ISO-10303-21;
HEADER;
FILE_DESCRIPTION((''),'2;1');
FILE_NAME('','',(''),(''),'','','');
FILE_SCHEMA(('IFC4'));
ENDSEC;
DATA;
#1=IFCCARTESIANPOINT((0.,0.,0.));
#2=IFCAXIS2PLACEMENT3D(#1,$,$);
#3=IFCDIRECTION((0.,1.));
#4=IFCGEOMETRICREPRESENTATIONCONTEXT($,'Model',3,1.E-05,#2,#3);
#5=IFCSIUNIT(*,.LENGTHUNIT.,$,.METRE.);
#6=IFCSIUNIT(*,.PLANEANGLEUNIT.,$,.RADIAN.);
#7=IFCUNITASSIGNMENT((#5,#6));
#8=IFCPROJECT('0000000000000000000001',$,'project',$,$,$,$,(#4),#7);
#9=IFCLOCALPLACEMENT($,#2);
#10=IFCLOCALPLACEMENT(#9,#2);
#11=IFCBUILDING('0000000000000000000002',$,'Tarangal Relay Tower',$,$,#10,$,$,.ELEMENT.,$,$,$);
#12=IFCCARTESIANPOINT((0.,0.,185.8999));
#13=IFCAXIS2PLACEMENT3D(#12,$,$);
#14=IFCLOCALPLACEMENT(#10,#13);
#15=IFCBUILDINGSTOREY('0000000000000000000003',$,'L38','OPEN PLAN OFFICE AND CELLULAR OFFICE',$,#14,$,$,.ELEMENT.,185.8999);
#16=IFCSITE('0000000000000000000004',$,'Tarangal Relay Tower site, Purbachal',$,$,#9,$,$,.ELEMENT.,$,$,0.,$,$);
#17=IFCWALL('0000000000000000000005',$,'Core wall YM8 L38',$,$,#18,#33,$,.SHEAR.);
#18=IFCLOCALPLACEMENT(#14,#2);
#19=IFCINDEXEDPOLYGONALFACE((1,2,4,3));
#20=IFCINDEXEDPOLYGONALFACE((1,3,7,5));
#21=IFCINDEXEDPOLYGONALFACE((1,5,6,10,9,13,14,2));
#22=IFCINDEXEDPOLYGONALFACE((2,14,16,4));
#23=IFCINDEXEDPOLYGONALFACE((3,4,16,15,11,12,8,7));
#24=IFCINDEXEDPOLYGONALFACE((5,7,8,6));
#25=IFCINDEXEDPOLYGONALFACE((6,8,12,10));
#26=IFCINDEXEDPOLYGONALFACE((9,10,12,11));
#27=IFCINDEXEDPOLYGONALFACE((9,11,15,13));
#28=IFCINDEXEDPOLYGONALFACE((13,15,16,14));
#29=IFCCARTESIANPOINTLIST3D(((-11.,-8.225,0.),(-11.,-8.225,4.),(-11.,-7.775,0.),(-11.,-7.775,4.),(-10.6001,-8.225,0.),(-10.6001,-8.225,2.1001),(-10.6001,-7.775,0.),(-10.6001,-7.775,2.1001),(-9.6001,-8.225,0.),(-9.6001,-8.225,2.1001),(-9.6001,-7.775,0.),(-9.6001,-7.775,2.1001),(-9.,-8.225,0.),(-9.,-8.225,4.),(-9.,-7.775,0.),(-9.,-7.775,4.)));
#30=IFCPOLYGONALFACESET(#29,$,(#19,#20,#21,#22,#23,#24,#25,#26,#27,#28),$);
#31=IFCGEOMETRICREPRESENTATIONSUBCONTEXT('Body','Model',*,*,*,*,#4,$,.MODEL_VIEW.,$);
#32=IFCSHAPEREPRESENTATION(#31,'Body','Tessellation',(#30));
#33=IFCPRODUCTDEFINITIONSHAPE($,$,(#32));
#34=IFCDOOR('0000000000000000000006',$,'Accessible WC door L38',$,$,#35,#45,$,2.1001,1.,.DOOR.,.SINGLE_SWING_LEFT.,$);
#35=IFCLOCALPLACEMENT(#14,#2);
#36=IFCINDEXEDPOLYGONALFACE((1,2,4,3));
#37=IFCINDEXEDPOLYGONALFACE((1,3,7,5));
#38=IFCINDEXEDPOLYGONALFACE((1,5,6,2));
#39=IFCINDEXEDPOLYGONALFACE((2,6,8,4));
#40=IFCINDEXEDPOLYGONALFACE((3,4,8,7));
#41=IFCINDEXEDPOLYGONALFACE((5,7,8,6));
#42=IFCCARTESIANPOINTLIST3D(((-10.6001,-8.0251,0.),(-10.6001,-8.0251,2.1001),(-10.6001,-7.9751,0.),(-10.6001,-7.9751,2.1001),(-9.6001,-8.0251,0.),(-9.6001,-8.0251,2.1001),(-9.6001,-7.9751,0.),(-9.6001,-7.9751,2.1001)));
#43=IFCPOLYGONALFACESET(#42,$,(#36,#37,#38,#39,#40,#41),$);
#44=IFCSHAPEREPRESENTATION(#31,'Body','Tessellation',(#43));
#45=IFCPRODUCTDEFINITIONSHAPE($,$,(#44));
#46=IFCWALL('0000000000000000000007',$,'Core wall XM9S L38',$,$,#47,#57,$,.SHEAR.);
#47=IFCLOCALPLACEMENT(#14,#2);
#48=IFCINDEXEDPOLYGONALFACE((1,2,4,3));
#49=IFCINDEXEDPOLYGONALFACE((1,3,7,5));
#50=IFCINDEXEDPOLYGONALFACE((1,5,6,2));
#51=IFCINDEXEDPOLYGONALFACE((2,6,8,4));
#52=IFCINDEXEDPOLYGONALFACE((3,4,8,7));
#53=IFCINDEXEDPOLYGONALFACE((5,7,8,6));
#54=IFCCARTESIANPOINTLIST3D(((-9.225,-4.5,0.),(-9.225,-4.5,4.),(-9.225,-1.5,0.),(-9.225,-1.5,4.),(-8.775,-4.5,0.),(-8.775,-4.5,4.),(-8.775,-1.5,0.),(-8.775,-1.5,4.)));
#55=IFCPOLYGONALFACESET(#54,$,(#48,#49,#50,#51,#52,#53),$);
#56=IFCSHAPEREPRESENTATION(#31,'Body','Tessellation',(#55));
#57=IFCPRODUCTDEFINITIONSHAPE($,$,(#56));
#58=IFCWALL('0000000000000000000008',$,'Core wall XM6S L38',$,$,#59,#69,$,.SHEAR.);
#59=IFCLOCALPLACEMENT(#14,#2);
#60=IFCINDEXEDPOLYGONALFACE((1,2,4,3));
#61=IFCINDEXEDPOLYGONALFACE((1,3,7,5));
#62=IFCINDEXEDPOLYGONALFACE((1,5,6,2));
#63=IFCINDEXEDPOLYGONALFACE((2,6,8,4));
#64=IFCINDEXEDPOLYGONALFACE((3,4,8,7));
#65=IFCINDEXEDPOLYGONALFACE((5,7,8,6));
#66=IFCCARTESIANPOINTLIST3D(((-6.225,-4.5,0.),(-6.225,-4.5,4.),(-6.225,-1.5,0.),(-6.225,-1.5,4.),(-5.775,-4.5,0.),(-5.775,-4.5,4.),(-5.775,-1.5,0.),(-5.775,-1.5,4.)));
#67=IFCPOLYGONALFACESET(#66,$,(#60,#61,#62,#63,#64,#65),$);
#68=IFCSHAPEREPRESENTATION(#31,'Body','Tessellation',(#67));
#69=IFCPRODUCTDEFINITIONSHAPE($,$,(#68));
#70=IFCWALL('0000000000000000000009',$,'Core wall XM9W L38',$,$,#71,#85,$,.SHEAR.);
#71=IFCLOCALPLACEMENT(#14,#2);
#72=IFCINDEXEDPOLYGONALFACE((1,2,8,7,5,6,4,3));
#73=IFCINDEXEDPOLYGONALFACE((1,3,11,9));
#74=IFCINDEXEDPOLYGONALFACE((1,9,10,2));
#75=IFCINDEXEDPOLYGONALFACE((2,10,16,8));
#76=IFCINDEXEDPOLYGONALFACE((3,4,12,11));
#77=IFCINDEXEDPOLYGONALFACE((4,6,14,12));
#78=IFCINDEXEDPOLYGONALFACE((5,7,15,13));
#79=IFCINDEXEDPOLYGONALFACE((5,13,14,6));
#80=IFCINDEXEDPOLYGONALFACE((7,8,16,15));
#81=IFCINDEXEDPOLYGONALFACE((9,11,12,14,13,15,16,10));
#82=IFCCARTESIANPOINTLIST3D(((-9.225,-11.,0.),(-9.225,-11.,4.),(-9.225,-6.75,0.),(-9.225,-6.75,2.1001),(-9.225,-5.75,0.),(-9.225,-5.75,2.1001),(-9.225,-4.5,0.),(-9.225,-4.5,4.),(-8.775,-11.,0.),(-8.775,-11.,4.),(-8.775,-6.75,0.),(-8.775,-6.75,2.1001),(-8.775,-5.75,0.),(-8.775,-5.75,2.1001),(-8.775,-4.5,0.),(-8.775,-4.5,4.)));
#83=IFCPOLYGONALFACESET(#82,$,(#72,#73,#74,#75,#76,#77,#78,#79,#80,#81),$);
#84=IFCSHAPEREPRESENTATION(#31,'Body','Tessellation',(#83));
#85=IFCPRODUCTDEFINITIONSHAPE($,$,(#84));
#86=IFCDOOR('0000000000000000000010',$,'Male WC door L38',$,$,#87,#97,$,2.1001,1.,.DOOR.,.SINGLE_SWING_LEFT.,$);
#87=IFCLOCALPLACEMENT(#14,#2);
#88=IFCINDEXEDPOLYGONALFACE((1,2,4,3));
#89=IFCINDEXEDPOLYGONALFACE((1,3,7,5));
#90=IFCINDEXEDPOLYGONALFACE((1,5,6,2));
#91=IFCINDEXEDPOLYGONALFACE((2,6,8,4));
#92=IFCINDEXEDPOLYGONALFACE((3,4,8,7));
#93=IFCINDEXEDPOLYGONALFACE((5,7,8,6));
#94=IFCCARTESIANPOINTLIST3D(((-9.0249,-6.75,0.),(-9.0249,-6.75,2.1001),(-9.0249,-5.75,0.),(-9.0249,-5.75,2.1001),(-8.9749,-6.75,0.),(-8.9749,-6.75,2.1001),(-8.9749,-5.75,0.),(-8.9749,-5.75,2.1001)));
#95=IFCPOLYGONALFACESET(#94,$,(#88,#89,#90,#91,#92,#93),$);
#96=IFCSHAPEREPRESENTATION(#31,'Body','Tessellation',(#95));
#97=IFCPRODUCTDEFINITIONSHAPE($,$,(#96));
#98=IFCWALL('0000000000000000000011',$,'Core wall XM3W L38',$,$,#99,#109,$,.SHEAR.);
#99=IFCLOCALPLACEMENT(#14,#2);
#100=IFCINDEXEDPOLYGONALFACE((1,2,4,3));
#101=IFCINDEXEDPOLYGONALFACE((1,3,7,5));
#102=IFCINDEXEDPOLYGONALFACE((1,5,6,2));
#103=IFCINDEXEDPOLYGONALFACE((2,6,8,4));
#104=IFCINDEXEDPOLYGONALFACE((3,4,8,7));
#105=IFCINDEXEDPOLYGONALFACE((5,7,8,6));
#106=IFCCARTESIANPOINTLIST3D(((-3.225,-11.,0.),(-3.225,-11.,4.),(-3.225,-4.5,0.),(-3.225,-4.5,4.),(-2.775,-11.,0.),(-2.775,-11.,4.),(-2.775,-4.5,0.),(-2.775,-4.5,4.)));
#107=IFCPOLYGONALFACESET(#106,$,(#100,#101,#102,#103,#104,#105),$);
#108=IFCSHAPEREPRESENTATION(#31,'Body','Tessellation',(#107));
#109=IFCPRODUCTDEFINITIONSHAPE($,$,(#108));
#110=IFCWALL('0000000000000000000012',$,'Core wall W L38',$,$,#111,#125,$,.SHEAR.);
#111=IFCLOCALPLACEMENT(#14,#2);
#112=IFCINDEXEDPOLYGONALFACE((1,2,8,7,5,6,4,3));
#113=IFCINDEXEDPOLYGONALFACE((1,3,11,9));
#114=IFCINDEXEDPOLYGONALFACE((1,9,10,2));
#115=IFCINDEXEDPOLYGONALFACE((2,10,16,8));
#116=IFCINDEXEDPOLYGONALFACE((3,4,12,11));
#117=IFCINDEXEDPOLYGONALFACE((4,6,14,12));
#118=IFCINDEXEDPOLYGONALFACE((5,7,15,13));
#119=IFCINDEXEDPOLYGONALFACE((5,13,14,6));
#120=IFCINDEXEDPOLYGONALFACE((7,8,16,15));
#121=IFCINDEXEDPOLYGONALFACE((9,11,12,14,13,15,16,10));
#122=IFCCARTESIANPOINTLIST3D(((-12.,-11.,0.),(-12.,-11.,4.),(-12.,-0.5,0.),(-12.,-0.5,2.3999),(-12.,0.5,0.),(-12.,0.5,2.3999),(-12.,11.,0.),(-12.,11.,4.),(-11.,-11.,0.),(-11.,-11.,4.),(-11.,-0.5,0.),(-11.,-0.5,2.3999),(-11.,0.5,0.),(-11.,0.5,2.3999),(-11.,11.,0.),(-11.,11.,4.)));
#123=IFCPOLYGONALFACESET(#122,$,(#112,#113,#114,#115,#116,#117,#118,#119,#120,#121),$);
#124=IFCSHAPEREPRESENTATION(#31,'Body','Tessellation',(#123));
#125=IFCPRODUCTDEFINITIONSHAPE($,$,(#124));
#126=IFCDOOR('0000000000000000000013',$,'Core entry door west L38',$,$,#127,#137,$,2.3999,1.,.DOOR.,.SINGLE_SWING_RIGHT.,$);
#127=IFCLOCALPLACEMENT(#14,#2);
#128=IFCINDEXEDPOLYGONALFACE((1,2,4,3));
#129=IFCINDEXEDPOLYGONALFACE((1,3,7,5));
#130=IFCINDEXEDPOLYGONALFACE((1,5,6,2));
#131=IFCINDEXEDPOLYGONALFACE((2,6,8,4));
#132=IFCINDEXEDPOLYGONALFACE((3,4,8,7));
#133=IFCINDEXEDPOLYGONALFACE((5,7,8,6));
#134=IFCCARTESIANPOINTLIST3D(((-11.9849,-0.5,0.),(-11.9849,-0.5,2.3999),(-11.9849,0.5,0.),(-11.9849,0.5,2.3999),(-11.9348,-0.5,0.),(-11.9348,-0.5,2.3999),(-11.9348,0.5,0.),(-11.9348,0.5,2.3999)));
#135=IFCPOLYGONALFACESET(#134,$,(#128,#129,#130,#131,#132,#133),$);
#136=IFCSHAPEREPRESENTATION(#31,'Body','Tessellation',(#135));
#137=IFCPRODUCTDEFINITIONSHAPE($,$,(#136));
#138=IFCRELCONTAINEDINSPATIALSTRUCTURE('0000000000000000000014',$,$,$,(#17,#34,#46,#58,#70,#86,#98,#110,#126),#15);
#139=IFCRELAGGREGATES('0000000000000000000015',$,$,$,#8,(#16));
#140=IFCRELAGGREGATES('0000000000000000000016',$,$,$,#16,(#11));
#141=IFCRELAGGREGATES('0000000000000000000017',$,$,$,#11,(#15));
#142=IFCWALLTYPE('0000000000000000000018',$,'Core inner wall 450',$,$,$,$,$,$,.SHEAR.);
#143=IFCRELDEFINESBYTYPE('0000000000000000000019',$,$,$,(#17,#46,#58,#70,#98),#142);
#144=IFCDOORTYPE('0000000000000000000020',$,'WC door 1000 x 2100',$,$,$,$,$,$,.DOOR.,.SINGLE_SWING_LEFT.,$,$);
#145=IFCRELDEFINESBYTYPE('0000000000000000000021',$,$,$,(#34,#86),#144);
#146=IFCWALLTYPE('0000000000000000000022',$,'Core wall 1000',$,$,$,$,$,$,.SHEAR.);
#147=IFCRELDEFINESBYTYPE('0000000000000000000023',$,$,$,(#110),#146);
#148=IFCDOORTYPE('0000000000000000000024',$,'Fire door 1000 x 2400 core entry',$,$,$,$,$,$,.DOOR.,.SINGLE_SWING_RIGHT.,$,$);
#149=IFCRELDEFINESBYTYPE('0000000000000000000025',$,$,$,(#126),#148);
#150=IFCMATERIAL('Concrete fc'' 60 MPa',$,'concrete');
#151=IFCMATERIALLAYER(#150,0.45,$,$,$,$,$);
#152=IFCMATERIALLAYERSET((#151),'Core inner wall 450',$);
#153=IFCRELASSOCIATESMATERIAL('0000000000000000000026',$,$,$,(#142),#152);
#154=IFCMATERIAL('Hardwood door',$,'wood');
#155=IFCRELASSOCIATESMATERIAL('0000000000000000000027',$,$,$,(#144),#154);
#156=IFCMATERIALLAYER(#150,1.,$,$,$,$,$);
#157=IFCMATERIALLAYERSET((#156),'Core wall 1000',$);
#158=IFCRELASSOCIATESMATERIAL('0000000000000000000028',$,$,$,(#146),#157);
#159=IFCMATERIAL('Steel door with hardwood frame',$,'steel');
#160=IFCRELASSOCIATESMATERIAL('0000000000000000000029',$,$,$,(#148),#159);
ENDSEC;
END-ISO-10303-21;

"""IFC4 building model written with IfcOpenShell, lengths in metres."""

from ifc_helpers import new_model, si_unit, direction, frame, frame_2d, origin, place, context, subcontext, project, spatial, rectangle, extrude, material, layer, layer_set, type_object, element, fill, save


model = new_model("IFC4")

# Units and contexts
model_context = context("Model", 3, precision=1e-05, world=origin(), true_north=direction((0.0, 1.0)))
body_context = subcontext(model_context, "Body", "Model", "MODEL_VIEW")
ifc_project = project(units=[si_unit("LENGTHUNIT", "METRE"), si_unit("PLANEANGLEUNIT", "RADIAN")], contexts=[model_context])

# Site, building, storey
site_placement = place(None, origin())
site = spatial("IfcSite", under=ifc_project, at=site_placement, Name="Tarangal Relay Tower site, Purbachal", CompositionType="ELEMENT", RefElevation=0.0)
building_placement = place(site_placement, origin())
building = spatial("IfcBuilding", under=site, at=building_placement, Name="Tarangal Relay Tower", CompositionType="ELEMENT")
storey_placement = place(building_placement, frame((0.0, 0.0, 185.8999)))
storey = spatial("IfcBuildingStorey", under=building, at=storey_placement, Name="L38", Description="OPEN PLAN OFFICE AND CELLULAR OFFICE", CompositionType="ELEMENT", Elevation=185.8999)

# Shared definitions
ifc_material_1 = material(Name="Concrete fc' 60 MPa", Category="concrete")
ifc_layer_1 = layer(ifc_material_1, 0.45)
ifc_layer_set_1 = layer_set([ifc_layer_1], Name="Core inner wall 450")
wall_type_1 = type_object("IfcWallType", Name="Core inner wall 450", PredefinedType="SHEAR", material=ifc_layer_set_1)
ifc_material_2 = material(Name="Steel door with hardwood frame", Category="steel")

# Wall, opening, door
wall_1_placement = place(storey_placement, frame((-11.0, -8.0, 0.0), z_axis=(0.0, 0.0, 1.0), x_axis=(1.0, 0.0, 0.0)))
wall_1 = element("IfcWall", 1, at=wall_1_placement, inside=storey, type_object=wall_type_1, Name="Core wall YM8 L38", PredefinedType="SHEAR", context=body_context, shape_type="SweptSolid", body=[
    extrude(rectangle(XDim=2.0, YDim=0.45, at=frame_2d((1.0, 0.0))), origin(), (0.0, 0.0, 1.0), 4.0),
])
opening_1_placement = place(wall_1_placement, frame((0.3999, 0.0, 0.0)))
opening_1 = element("IfcOpeningElement", 2, at=opening_1_placement, cuts=wall_1, PredefinedType="OPENING", context=body_context, shape_type="SweptSolid", body=[
    extrude(rectangle(XDim=1.0, YDim=2.1001, at=frame_2d((0.5, 1.05))), frame((0.0, 0.2349, 0.0), z_axis=(0.0, -1.0, 0.0), x_axis=(1.0, 0.0, 0.0)), (0.0, 0.0, 1.0), 0.47),
])
ifc_material_3 = material(Name="Hardwood door", Category="wood")
door_type_1 = type_object("IfcDoorType", Name="WC door 1000 x 2100", OperationType="SINGLE_SWING_LEFT", PredefinedType="DOOR", material=ifc_material_3)
door_1_placement = place(opening_1_placement, origin())
door_1 = element("IfcDoor", 3, at=door_1_placement, inside=storey, type_object=door_type_1, Name="Accessible WC door L38", OperationType="SINGLE_SWING_LEFT", OverallHeight=2.1001, OverallWidth=1.0, PredefinedType="DOOR", context=body_context, shape_type="SweptSolid", body=[
    extrude(rectangle(XDim=1.0, YDim=2.1001, at=frame_2d((0.5, 1.05))), frame((0.0, 0.0249, 0.0), z_axis=(0.0, -1.0, 0.0), x_axis=(1.0, 0.0, 0.0)), (0.0, 0.0, 1.0), 0.05),
])
fill(opening_1, door_1)

# Walls
for number, where, z_axis, x_axis, name in (
    (4, (-9.0, -4.5, 0.0), (0.0, 0.0, 1.0), (0.0, 1.0, 0.0), "Core wall XM9S L38"),
    (5, (-6.0, -4.5, 0.0), (0.0, 0.0, 1.0), (0.0, 1.0, 0.0), "Core wall XM6S L38"),
):
    element("IfcWall", number, at=place(storey_placement, frame(where, z_axis=z_axis, x_axis=x_axis)), inside=storey, type_object=wall_type_1, Name=name, PredefinedType="SHEAR", context=body_context, shape_type="SweptSolid", body=[
        extrude(rectangle(XDim=3.0, YDim=0.45, at=frame_2d((1.5, 0.0))), origin(), (0.0, 0.0, 1.0), 4.0),
    ])

# Wall, opening, door
wall_2_placement = place(storey_placement, frame((-9.0, -11.0, 0.0), z_axis=(0.0, 0.0, 1.0), x_axis=(0.0, 1.0, 0.0)))
wall_2 = element("IfcWall", 6, at=wall_2_placement, inside=storey, type_object=wall_type_1, Name="Core wall XM9W L38", PredefinedType="SHEAR", context=body_context, shape_type="SweptSolid", body=[
    extrude(rectangle(XDim=6.5, YDim=0.45, at=frame_2d((3.25, 0.0))), origin(), (0.0, 0.0, 1.0), 4.0),
])
opening_2_placement = place(wall_2_placement, frame((4.25, 0.0, 0.0)))
opening_2 = element("IfcOpeningElement", 7, at=opening_2_placement, cuts=wall_2, PredefinedType="OPENING", context=body_context, shape_type="SweptSolid", body=[
    extrude(rectangle(XDim=1.0, YDim=2.1001, at=frame_2d((0.5, 1.05))), frame((0.0, 0.2349, 0.0), z_axis=(0.0, -1.0, 0.0), x_axis=(1.0, 0.0, 0.0)), (0.0, 0.0, 1.0), 0.47),
])
door_2_placement = place(opening_2_placement, origin())
door_2 = element("IfcDoor", 8, at=door_2_placement, inside=storey, type_object=door_type_1, Name="Male WC door L38", OperationType="SINGLE_SWING_LEFT", OverallHeight=2.1001, OverallWidth=1.0, PredefinedType="DOOR", context=body_context, shape_type="SweptSolid", body=[
    extrude(rectangle(XDim=1.0, YDim=2.1001, at=frame_2d((0.5, 1.05))), frame((0.0, 0.0249, 0.0), z_axis=(0.0, -1.0, 0.0), x_axis=(1.0, 0.0, 0.0)), (0.0, 0.0, 1.0), 0.05),
])
fill(opening_2, door_2)

# Wall
wall_3_placement = place(storey_placement, frame((-3.0, -11.0, 0.0), z_axis=(0.0, 0.0, 1.0), x_axis=(0.0, 1.0, 0.0)))
element("IfcWall", 9, at=wall_3_placement, inside=storey, type_object=wall_type_1, Name="Core wall XM3W L38", PredefinedType="SHEAR", context=body_context, shape_type="SweptSolid", body=[
    extrude(rectangle(XDim=6.5, YDim=0.45, at=frame_2d((3.25, 0.0))), origin(), (0.0, 0.0, 1.0), 4.0),
])

# Wall, opening, door
ifc_layer_2 = layer(ifc_material_1, 1.0)
ifc_layer_set_2 = layer_set([ifc_layer_2], Name="Core wall 1000")
wall_type_2 = type_object("IfcWallType", Name="Core wall 1000", PredefinedType="SHEAR", material=ifc_layer_set_2)
wall_4_placement = place(storey_placement, frame((-11.5, -11.0, 0.0), z_axis=(0.0, 0.0, 1.0), x_axis=(0.0, 1.0, 0.0)))
wall_4 = element("IfcWall", 10, at=wall_4_placement, inside=storey, type_object=wall_type_2, Name="Core wall W L38", PredefinedType="SHEAR", context=body_context, shape_type="SweptSolid", body=[
    extrude(rectangle(XDim=22.0, YDim=1.0, at=frame_2d((11.0, 0.0))), origin(), (0.0, 0.0, 1.0), 4.0),
])
opening_3_placement = place(wall_4_placement, frame((10.5, 0.0, 0.0)))
opening_3 = element("IfcOpeningElement", 11, at=opening_3_placement, cuts=wall_4, PredefinedType="OPENING", context=body_context, shape_type="SweptSolid", body=[
    extrude(rectangle(XDim=1.0, YDim=2.3999, at=frame_2d((0.5, 1.2))), frame((0.0, 0.51, 0.0), z_axis=(0.0, -1.0, 0.0), x_axis=(1.0, 0.0, 0.0)), (0.0, 0.0, 1.0), 1.02),
])
door_type_2 = type_object("IfcDoorType", Name="Fire door 1000 x 2400 core entry", OperationType="SINGLE_SWING_RIGHT", PredefinedType="DOOR", material=ifc_material_2)
door_3_placement = place(opening_3_placement, origin())
door_3 = element("IfcDoor", 12, at=door_3_placement, inside=storey, type_object=door_type_2, Name="Core entry door west L38", OperationType="SINGLE_SWING_RIGHT", OverallHeight=2.3999, OverallWidth=1.0, PredefinedType="DOOR", context=body_context, shape_type="SweptSolid", body=[
    extrude(rectangle(XDim=1.0, YDim=2.3999, at=frame_2d((0.5, 1.2))), frame((0.0, 0.4849, 0.0), z_axis=(0.0, -1.0, 0.0), x_axis=(1.0, 0.0, 0.0)), (0.0, 0.0, 1.0), 0.05),
])
fill(opening_3, door_3)

save(model, "model.ifc")
